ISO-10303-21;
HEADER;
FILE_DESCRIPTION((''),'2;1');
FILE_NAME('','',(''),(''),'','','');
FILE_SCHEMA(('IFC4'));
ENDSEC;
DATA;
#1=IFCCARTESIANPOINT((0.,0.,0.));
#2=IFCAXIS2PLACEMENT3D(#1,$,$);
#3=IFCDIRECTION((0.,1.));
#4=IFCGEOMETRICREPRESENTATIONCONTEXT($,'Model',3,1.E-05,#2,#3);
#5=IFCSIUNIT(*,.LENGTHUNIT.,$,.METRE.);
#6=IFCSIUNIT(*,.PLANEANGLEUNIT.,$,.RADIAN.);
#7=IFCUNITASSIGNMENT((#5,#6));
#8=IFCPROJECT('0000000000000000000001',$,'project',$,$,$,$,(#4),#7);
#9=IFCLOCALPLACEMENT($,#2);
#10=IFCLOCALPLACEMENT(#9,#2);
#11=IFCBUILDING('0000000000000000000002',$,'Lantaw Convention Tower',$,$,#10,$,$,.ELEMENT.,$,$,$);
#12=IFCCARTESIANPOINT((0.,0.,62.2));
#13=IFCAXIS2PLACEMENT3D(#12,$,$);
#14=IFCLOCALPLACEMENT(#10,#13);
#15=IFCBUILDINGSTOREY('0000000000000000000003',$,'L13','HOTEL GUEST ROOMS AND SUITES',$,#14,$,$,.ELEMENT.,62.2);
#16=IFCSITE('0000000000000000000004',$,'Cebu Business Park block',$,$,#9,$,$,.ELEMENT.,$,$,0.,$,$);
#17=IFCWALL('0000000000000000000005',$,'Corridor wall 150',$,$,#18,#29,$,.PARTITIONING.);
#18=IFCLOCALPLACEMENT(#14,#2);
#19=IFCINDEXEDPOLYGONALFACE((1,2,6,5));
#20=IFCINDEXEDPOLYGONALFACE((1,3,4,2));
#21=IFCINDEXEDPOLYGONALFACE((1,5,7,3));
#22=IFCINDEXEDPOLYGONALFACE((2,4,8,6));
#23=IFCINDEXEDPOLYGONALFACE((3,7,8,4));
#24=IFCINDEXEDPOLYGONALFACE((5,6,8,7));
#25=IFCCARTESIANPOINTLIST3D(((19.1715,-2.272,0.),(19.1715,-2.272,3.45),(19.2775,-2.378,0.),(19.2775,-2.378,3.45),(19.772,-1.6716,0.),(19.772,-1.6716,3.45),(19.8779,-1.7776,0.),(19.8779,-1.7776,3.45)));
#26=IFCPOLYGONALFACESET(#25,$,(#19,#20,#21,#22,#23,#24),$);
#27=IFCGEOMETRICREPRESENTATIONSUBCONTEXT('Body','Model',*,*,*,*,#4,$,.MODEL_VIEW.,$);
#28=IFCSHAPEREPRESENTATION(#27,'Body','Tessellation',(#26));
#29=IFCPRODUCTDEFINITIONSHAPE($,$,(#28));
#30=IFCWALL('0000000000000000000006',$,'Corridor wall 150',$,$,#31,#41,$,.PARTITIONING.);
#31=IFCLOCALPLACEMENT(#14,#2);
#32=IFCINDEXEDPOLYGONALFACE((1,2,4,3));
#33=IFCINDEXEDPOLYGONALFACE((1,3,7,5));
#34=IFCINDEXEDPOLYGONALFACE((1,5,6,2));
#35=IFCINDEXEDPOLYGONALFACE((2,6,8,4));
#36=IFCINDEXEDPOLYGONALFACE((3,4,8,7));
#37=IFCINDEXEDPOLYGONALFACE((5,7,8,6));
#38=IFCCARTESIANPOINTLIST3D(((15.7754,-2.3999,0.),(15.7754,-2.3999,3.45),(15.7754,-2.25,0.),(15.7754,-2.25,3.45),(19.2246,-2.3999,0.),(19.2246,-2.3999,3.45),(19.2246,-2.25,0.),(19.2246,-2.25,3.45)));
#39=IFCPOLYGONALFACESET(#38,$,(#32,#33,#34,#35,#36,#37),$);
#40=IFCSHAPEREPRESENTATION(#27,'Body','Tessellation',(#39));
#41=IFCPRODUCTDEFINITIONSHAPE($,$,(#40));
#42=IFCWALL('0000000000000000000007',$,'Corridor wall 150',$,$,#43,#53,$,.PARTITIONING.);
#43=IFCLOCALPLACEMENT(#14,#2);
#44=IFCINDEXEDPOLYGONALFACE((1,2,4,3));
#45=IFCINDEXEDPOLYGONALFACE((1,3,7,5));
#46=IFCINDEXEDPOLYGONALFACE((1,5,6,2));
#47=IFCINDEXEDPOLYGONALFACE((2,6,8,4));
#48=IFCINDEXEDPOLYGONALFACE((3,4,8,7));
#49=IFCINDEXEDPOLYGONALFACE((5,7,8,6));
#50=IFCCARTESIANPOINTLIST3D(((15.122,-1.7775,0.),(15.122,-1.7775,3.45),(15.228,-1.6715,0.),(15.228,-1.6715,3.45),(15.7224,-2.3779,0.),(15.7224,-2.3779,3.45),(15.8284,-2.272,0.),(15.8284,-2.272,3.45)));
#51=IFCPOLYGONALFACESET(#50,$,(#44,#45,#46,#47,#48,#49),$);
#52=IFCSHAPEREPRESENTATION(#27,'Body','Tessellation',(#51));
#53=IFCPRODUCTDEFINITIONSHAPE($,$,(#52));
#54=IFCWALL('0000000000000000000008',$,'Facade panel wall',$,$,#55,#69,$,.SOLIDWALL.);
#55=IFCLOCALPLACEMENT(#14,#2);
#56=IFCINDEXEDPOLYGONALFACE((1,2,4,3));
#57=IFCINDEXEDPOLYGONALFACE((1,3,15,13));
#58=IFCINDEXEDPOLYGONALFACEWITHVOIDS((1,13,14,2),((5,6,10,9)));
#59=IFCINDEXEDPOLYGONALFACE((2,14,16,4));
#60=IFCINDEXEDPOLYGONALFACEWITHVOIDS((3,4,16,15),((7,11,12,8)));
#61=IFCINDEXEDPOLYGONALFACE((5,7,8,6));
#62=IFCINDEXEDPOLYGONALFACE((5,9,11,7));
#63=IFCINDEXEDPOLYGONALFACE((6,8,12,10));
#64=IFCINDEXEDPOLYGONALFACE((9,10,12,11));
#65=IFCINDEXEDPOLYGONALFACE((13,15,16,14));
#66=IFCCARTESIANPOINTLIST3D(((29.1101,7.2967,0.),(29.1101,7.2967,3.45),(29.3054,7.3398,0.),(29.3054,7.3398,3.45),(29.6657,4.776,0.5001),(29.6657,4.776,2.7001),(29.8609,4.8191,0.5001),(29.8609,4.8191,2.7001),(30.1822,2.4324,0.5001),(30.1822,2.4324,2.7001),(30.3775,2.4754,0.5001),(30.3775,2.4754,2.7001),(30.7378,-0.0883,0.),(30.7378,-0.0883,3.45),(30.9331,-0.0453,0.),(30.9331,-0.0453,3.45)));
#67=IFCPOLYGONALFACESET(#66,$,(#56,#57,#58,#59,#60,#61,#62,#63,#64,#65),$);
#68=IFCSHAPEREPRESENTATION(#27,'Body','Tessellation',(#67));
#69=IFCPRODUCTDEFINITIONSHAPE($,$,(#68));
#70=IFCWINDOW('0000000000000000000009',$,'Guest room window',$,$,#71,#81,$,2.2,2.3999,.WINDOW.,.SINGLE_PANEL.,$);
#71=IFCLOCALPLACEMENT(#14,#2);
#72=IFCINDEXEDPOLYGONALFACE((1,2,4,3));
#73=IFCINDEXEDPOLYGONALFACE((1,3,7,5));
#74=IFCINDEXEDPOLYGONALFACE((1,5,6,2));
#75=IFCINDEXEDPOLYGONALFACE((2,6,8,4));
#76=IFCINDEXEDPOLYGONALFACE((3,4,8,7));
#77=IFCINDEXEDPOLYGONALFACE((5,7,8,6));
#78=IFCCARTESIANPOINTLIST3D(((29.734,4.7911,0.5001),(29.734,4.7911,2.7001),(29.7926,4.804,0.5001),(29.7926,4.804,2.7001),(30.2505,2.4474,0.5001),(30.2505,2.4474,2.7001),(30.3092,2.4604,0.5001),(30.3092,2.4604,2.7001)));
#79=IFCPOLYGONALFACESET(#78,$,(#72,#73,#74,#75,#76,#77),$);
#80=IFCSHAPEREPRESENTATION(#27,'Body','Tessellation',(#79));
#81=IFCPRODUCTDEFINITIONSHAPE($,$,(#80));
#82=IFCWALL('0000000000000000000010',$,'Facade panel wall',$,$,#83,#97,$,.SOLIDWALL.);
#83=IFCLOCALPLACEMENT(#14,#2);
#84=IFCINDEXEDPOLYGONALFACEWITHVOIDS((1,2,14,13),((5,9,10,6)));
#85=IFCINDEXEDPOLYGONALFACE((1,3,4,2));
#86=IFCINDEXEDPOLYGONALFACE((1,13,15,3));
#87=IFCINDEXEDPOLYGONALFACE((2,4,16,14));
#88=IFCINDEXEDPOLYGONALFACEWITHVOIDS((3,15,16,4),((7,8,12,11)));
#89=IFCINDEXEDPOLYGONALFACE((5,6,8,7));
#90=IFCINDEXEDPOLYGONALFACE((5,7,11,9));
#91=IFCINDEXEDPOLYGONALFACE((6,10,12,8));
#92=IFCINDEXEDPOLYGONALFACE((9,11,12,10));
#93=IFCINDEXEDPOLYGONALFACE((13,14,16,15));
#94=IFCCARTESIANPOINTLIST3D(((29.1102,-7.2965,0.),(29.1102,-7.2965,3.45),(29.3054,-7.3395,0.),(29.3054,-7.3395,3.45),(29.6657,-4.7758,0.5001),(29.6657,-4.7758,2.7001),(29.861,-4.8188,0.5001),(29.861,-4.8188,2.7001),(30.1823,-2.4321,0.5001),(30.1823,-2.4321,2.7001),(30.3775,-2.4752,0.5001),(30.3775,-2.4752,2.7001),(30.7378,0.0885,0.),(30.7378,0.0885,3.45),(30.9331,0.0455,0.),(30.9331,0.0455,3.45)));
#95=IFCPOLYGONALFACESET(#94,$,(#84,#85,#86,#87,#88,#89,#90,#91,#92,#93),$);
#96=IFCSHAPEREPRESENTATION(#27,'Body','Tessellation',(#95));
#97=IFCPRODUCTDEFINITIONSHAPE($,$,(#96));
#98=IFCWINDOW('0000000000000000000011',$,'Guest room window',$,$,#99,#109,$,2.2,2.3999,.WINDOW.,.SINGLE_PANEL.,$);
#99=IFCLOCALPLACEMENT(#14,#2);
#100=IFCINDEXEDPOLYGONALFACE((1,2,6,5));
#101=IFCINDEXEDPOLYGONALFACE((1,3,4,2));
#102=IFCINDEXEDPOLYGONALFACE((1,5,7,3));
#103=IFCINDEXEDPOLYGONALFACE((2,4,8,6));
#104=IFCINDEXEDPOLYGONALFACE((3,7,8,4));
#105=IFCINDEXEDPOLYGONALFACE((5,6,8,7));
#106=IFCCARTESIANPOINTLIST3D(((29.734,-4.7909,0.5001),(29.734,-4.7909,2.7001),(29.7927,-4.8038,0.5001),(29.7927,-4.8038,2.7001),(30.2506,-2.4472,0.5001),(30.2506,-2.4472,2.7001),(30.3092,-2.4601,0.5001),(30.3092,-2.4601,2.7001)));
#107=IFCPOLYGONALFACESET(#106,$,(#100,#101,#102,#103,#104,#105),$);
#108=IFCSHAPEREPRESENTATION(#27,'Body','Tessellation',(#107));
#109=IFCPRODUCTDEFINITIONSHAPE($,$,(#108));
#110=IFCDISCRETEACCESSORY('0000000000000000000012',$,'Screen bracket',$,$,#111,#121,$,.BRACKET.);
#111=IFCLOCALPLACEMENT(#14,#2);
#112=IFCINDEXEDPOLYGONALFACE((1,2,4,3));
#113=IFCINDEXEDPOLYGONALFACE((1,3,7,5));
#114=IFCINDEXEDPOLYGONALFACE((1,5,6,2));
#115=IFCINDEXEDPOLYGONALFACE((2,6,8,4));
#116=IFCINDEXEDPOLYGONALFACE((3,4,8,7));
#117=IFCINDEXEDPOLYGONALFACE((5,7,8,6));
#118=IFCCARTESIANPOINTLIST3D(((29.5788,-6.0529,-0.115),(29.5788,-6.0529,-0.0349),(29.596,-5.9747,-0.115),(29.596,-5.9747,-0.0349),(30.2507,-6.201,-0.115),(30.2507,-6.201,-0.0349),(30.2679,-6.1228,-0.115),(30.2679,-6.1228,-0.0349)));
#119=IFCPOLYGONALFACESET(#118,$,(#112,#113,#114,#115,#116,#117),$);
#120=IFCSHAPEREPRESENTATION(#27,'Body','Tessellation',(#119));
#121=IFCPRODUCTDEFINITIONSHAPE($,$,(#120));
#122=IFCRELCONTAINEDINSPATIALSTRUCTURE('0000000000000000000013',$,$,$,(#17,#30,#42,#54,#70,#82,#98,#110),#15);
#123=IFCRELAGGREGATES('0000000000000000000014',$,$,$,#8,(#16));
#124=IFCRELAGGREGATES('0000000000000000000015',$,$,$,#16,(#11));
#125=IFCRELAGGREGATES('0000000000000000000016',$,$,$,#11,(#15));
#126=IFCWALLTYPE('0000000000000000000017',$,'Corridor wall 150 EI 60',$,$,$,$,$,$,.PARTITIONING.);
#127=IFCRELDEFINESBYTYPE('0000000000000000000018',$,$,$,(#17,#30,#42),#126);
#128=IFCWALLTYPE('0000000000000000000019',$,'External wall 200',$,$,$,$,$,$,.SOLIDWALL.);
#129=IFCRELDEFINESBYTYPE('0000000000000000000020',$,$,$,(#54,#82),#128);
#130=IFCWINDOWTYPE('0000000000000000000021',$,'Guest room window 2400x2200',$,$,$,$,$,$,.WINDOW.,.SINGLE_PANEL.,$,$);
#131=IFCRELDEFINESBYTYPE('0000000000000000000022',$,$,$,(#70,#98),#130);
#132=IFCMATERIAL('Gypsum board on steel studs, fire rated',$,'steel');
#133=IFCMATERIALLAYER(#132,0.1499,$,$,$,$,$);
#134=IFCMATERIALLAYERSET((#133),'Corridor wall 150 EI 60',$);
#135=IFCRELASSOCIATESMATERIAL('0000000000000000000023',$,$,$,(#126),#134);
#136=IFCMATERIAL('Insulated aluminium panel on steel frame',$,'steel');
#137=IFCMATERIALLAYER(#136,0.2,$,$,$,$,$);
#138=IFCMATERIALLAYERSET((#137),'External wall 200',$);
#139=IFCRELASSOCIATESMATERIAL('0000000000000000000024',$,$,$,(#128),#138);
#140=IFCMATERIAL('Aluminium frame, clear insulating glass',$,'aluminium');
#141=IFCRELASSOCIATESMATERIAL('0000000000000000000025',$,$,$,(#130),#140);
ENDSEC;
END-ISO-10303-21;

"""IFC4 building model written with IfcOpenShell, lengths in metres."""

from ifc_helpers import new_model, si_unit, direction, frame, frame_2d, origin, origin_2d, place, context, subcontext, project, spatial, rectangle, extrude, material, layer, layer_set, type_object, element, fill, save


model = new_model("IFC4")

# Units and contexts
model_context = context("Model", 3, precision=1e-05, world=origin(), true_north=direction((0.0, 1.0)))
body_context = subcontext(model_context, "Body", "Model", "MODEL_VIEW")
ifc_project = project(units=[si_unit("LENGTHUNIT", "METRE"), si_unit("PLANEANGLEUNIT", "RADIAN")], contexts=[model_context])

# Site, building, storey
site_placement = place(None, origin())
site = spatial("IfcSite", under=ifc_project, at=site_placement, Name="Cebu Business Park block", CompositionType="ELEMENT", RefElevation=0.0)
building_placement = place(site_placement, origin())
building = spatial("IfcBuilding", under=site, at=building_placement, Name="Lantaw Convention Tower", CompositionType="ELEMENT")
storey_placement = place(building_placement, frame((0.0, 0.0, 62.2)))
storey = spatial("IfcBuildingStorey", under=building, at=storey_placement, Name="L13", Description="HOTEL GUEST ROOMS AND SUITES", CompositionType="ELEMENT", Elevation=62.2)

# Shared definitions
ifc_material_1 = material(Name="Gypsum board on steel studs, fire rated", Category="steel")
ifc_layer_1 = layer(ifc_material_1, 0.1499)
ifc_layer_set_1 = layer_set([ifc_layer_1], Name="Corridor wall 150 EI 60")
wall_type_1 = type_object("IfcWallType", Name="Corridor wall 150 EI 60", PredefinedType="PARTITIONING", material=ifc_layer_set_1)

# Walls
wall_1_placement = place(storey_placement, frame((19.825, -1.7246, 0.0), z_axis=(0.0, 0.0, 1.0), x_axis=(-0.707107, -0.707107, 0.0)))
element("IfcWall", 1, at=wall_1_placement, inside=storey, type_object=wall_type_1, Name="Corridor wall 150", PredefinedType="PARTITIONING", context=body_context, shape_type="SweptSolid", body=[
    extrude(rectangle(XDim=0.8491, YDim=0.1499, at=frame_2d((0.4246, 0.0))), origin(), (0.0, 0.0, 1.0), 3.45),
])
wall_2_placement = place(storey_placement, frame((19.2246, -2.325, 0.0), z_axis=(0.0, 0.0, 1.0), x_axis=(-1.0, 0.0, 0.0)))
element("IfcWall", 2, at=wall_2_placement, inside=storey, type_object=wall_type_1, Name="Corridor wall 150", PredefinedType="PARTITIONING", context=body_context, shape_type="SweptSolid", body=[
    extrude(rectangle(XDim=3.4492, YDim=0.1499, at=frame_2d((1.7246, 0.0))), origin(), (0.0, 0.0, 1.0), 3.45),
])
wall_3_placement = place(storey_placement, frame((15.7754, -2.325, 0.0), z_axis=(0.0, 0.0, 1.0), x_axis=(-0.707107, 0.707107, 0.0)))
element("IfcWall", 3, at=wall_3_placement, inside=storey, type_object=wall_type_1, Name="Corridor wall 150", PredefinedType="PARTITIONING", context=body_context, shape_type="SweptSolid", body=[
    extrude(rectangle(XDim=0.8491, YDim=0.1499, at=frame_2d((0.4246, 0.0))), origin(), (0.0, 0.0, 1.0), 3.45),
])

# Walls, openings, windows
ifc_material_2 = material(Name="Insulated aluminium panel on steel frame", Category="steel")
ifc_layer_2 = layer(ifc_material_2, 0.2)
ifc_layer_set_2 = layer_set([ifc_layer_2], Name="External wall 200")
wall_type_2 = type_object("IfcWallType", Name="External wall 200", PredefinedType="SOLIDWALL", material=ifc_layer_set_2)
wall_4_placement = place(storey_placement, frame((30.8354, -0.0669, 0.0), z_axis=(0.0, 0.0, 1.0), x_axis=(-0.215238, 0.976562, 0.0)))
wall_4 = element("IfcWall", 4, at=wall_4_placement, inside=storey, type_object=wall_type_2, Name="Facade panel wall", PredefinedType="SOLIDWALL", context=body_context, shape_type="SweptSolid", body=[
    extrude(rectangle(XDim=7.5623, YDim=0.2, at=frame_2d((3.7812, 0.0))), origin(), (0.0, 0.0, 1.0), 3.45),
])
opening_1_placement = place(wall_4_placement, frame((2.5813, 0.0, 0.5)))
opening_1 = element("IfcOpeningElement", 5, at=opening_1_placement, cuts=wall_4, PredefinedType="OPENING", context=body_context, shape_type="SweptSolid", body=[
    extrude(rectangle(XDim=2.3999, YDim=2.2, at=frame_2d((1.2, 1.1001))), frame((0.0, 0.1099, 0.0), z_axis=(0.0, -1.0, 0.0), x_axis=(1.0, 0.0, 0.0)), (0.0, 0.0, 1.0), 0.22),
])
ifc_material_3 = material(Name="Aluminium frame, clear insulating glass", Category="aluminium")
window_type = type_object("IfcWindowType", Name="Guest room window 2400x2200", PartitioningType="SINGLE_PANEL", PredefinedType="WINDOW", material=ifc_material_3)
window_1_placement = place(opening_1_placement, origin())
window_1 = element("IfcWindow", 6, at=window_1_placement, inside=storey, type_object=window_type, Name="Guest room window", OverallHeight=2.2, OverallWidth=2.3999, PartitioningType="SINGLE_PANEL", PredefinedType="WINDOW", context=body_context, shape_type="SweptSolid", body=[
    extrude(rectangle(XDim=2.3999, YDim=2.2, at=frame_2d((1.2, 1.1001))), frame((0.0, 0.03, 0.0), z_axis=(0.0, -1.0, 0.0), x_axis=(1.0, 0.0, 0.0)), (0.0, 0.0, 1.0), 0.0601),
])
fill(opening_1, window_1)
wall_5_placement = place(storey_placement, frame((29.2078, -7.3181, 0.0), z_axis=(0.0, 0.0, 1.0), x_axis=(0.215238, 0.976562, 0.0)))
wall_5 = element("IfcWall", 7, at=wall_5_placement, inside=storey, type_object=wall_type_2, Name="Facade panel wall", PredefinedType="SOLIDWALL", context=body_context, shape_type="SweptSolid", body=[
    extrude(rectangle(XDim=7.5623, YDim=0.2, at=frame_2d((3.7812, 0.0))), origin(), (0.0, 0.0, 1.0), 3.45),
])
opening_2_placement = place(wall_5_placement, frame((2.5813, 0.0, 0.5)))
opening_2 = element("IfcOpeningElement", 8, at=opening_2_placement, cuts=wall_5, PredefinedType="OPENING", context=body_context, shape_type="SweptSolid", body=[
    extrude(rectangle(XDim=2.3999, YDim=2.2, at=frame_2d((1.2, 1.1001))), frame((0.0, 0.1099, 0.0), z_axis=(0.0, -1.0, 0.0), x_axis=(1.0, 0.0, 0.0)), (0.0, 0.0, 1.0), 0.22),
])
window_2_placement = place(opening_2_placement, origin())
window_2 = element("IfcWindow", 9, at=window_2_placement, inside=storey, type_object=window_type, Name="Guest room window", OverallHeight=2.2, OverallWidth=2.3999, PartitioningType="SINGLE_PANEL", PredefinedType="WINDOW", context=body_context, shape_type="SweptSolid", body=[
    extrude(rectangle(XDim=2.3999, YDim=2.2, at=frame_2d((1.2, 1.1001))), frame((0.0, 0.03, 0.0), z_axis=(0.0, -1.0, 0.0), x_axis=(1.0, 0.0, 0.0)), (0.0, 0.0, 1.0), 0.0601),
])
fill(opening_2, window_2)

# Discrete accessory
discrete_accessory_placement = place(storey_placement, frame((29.9233, -6.0879, -0.115), z_axis=(0.0, 0.0, 1.0), x_axis=(0.215246, 0.97656, 0.0)))
element("IfcDiscreteAccessory", 10, at=discrete_accessory_placement, inside=storey, Name="Screen bracket", PredefinedType="BRACKET", context=body_context, shape_type="SweptSolid", body=[
    extrude(rectangle(XDim=0.0801, YDim=0.688, at=origin_2d()), origin(), (0.0, 0.0, 1.0), 0.0801),
])

save(model, "model.ifc")
